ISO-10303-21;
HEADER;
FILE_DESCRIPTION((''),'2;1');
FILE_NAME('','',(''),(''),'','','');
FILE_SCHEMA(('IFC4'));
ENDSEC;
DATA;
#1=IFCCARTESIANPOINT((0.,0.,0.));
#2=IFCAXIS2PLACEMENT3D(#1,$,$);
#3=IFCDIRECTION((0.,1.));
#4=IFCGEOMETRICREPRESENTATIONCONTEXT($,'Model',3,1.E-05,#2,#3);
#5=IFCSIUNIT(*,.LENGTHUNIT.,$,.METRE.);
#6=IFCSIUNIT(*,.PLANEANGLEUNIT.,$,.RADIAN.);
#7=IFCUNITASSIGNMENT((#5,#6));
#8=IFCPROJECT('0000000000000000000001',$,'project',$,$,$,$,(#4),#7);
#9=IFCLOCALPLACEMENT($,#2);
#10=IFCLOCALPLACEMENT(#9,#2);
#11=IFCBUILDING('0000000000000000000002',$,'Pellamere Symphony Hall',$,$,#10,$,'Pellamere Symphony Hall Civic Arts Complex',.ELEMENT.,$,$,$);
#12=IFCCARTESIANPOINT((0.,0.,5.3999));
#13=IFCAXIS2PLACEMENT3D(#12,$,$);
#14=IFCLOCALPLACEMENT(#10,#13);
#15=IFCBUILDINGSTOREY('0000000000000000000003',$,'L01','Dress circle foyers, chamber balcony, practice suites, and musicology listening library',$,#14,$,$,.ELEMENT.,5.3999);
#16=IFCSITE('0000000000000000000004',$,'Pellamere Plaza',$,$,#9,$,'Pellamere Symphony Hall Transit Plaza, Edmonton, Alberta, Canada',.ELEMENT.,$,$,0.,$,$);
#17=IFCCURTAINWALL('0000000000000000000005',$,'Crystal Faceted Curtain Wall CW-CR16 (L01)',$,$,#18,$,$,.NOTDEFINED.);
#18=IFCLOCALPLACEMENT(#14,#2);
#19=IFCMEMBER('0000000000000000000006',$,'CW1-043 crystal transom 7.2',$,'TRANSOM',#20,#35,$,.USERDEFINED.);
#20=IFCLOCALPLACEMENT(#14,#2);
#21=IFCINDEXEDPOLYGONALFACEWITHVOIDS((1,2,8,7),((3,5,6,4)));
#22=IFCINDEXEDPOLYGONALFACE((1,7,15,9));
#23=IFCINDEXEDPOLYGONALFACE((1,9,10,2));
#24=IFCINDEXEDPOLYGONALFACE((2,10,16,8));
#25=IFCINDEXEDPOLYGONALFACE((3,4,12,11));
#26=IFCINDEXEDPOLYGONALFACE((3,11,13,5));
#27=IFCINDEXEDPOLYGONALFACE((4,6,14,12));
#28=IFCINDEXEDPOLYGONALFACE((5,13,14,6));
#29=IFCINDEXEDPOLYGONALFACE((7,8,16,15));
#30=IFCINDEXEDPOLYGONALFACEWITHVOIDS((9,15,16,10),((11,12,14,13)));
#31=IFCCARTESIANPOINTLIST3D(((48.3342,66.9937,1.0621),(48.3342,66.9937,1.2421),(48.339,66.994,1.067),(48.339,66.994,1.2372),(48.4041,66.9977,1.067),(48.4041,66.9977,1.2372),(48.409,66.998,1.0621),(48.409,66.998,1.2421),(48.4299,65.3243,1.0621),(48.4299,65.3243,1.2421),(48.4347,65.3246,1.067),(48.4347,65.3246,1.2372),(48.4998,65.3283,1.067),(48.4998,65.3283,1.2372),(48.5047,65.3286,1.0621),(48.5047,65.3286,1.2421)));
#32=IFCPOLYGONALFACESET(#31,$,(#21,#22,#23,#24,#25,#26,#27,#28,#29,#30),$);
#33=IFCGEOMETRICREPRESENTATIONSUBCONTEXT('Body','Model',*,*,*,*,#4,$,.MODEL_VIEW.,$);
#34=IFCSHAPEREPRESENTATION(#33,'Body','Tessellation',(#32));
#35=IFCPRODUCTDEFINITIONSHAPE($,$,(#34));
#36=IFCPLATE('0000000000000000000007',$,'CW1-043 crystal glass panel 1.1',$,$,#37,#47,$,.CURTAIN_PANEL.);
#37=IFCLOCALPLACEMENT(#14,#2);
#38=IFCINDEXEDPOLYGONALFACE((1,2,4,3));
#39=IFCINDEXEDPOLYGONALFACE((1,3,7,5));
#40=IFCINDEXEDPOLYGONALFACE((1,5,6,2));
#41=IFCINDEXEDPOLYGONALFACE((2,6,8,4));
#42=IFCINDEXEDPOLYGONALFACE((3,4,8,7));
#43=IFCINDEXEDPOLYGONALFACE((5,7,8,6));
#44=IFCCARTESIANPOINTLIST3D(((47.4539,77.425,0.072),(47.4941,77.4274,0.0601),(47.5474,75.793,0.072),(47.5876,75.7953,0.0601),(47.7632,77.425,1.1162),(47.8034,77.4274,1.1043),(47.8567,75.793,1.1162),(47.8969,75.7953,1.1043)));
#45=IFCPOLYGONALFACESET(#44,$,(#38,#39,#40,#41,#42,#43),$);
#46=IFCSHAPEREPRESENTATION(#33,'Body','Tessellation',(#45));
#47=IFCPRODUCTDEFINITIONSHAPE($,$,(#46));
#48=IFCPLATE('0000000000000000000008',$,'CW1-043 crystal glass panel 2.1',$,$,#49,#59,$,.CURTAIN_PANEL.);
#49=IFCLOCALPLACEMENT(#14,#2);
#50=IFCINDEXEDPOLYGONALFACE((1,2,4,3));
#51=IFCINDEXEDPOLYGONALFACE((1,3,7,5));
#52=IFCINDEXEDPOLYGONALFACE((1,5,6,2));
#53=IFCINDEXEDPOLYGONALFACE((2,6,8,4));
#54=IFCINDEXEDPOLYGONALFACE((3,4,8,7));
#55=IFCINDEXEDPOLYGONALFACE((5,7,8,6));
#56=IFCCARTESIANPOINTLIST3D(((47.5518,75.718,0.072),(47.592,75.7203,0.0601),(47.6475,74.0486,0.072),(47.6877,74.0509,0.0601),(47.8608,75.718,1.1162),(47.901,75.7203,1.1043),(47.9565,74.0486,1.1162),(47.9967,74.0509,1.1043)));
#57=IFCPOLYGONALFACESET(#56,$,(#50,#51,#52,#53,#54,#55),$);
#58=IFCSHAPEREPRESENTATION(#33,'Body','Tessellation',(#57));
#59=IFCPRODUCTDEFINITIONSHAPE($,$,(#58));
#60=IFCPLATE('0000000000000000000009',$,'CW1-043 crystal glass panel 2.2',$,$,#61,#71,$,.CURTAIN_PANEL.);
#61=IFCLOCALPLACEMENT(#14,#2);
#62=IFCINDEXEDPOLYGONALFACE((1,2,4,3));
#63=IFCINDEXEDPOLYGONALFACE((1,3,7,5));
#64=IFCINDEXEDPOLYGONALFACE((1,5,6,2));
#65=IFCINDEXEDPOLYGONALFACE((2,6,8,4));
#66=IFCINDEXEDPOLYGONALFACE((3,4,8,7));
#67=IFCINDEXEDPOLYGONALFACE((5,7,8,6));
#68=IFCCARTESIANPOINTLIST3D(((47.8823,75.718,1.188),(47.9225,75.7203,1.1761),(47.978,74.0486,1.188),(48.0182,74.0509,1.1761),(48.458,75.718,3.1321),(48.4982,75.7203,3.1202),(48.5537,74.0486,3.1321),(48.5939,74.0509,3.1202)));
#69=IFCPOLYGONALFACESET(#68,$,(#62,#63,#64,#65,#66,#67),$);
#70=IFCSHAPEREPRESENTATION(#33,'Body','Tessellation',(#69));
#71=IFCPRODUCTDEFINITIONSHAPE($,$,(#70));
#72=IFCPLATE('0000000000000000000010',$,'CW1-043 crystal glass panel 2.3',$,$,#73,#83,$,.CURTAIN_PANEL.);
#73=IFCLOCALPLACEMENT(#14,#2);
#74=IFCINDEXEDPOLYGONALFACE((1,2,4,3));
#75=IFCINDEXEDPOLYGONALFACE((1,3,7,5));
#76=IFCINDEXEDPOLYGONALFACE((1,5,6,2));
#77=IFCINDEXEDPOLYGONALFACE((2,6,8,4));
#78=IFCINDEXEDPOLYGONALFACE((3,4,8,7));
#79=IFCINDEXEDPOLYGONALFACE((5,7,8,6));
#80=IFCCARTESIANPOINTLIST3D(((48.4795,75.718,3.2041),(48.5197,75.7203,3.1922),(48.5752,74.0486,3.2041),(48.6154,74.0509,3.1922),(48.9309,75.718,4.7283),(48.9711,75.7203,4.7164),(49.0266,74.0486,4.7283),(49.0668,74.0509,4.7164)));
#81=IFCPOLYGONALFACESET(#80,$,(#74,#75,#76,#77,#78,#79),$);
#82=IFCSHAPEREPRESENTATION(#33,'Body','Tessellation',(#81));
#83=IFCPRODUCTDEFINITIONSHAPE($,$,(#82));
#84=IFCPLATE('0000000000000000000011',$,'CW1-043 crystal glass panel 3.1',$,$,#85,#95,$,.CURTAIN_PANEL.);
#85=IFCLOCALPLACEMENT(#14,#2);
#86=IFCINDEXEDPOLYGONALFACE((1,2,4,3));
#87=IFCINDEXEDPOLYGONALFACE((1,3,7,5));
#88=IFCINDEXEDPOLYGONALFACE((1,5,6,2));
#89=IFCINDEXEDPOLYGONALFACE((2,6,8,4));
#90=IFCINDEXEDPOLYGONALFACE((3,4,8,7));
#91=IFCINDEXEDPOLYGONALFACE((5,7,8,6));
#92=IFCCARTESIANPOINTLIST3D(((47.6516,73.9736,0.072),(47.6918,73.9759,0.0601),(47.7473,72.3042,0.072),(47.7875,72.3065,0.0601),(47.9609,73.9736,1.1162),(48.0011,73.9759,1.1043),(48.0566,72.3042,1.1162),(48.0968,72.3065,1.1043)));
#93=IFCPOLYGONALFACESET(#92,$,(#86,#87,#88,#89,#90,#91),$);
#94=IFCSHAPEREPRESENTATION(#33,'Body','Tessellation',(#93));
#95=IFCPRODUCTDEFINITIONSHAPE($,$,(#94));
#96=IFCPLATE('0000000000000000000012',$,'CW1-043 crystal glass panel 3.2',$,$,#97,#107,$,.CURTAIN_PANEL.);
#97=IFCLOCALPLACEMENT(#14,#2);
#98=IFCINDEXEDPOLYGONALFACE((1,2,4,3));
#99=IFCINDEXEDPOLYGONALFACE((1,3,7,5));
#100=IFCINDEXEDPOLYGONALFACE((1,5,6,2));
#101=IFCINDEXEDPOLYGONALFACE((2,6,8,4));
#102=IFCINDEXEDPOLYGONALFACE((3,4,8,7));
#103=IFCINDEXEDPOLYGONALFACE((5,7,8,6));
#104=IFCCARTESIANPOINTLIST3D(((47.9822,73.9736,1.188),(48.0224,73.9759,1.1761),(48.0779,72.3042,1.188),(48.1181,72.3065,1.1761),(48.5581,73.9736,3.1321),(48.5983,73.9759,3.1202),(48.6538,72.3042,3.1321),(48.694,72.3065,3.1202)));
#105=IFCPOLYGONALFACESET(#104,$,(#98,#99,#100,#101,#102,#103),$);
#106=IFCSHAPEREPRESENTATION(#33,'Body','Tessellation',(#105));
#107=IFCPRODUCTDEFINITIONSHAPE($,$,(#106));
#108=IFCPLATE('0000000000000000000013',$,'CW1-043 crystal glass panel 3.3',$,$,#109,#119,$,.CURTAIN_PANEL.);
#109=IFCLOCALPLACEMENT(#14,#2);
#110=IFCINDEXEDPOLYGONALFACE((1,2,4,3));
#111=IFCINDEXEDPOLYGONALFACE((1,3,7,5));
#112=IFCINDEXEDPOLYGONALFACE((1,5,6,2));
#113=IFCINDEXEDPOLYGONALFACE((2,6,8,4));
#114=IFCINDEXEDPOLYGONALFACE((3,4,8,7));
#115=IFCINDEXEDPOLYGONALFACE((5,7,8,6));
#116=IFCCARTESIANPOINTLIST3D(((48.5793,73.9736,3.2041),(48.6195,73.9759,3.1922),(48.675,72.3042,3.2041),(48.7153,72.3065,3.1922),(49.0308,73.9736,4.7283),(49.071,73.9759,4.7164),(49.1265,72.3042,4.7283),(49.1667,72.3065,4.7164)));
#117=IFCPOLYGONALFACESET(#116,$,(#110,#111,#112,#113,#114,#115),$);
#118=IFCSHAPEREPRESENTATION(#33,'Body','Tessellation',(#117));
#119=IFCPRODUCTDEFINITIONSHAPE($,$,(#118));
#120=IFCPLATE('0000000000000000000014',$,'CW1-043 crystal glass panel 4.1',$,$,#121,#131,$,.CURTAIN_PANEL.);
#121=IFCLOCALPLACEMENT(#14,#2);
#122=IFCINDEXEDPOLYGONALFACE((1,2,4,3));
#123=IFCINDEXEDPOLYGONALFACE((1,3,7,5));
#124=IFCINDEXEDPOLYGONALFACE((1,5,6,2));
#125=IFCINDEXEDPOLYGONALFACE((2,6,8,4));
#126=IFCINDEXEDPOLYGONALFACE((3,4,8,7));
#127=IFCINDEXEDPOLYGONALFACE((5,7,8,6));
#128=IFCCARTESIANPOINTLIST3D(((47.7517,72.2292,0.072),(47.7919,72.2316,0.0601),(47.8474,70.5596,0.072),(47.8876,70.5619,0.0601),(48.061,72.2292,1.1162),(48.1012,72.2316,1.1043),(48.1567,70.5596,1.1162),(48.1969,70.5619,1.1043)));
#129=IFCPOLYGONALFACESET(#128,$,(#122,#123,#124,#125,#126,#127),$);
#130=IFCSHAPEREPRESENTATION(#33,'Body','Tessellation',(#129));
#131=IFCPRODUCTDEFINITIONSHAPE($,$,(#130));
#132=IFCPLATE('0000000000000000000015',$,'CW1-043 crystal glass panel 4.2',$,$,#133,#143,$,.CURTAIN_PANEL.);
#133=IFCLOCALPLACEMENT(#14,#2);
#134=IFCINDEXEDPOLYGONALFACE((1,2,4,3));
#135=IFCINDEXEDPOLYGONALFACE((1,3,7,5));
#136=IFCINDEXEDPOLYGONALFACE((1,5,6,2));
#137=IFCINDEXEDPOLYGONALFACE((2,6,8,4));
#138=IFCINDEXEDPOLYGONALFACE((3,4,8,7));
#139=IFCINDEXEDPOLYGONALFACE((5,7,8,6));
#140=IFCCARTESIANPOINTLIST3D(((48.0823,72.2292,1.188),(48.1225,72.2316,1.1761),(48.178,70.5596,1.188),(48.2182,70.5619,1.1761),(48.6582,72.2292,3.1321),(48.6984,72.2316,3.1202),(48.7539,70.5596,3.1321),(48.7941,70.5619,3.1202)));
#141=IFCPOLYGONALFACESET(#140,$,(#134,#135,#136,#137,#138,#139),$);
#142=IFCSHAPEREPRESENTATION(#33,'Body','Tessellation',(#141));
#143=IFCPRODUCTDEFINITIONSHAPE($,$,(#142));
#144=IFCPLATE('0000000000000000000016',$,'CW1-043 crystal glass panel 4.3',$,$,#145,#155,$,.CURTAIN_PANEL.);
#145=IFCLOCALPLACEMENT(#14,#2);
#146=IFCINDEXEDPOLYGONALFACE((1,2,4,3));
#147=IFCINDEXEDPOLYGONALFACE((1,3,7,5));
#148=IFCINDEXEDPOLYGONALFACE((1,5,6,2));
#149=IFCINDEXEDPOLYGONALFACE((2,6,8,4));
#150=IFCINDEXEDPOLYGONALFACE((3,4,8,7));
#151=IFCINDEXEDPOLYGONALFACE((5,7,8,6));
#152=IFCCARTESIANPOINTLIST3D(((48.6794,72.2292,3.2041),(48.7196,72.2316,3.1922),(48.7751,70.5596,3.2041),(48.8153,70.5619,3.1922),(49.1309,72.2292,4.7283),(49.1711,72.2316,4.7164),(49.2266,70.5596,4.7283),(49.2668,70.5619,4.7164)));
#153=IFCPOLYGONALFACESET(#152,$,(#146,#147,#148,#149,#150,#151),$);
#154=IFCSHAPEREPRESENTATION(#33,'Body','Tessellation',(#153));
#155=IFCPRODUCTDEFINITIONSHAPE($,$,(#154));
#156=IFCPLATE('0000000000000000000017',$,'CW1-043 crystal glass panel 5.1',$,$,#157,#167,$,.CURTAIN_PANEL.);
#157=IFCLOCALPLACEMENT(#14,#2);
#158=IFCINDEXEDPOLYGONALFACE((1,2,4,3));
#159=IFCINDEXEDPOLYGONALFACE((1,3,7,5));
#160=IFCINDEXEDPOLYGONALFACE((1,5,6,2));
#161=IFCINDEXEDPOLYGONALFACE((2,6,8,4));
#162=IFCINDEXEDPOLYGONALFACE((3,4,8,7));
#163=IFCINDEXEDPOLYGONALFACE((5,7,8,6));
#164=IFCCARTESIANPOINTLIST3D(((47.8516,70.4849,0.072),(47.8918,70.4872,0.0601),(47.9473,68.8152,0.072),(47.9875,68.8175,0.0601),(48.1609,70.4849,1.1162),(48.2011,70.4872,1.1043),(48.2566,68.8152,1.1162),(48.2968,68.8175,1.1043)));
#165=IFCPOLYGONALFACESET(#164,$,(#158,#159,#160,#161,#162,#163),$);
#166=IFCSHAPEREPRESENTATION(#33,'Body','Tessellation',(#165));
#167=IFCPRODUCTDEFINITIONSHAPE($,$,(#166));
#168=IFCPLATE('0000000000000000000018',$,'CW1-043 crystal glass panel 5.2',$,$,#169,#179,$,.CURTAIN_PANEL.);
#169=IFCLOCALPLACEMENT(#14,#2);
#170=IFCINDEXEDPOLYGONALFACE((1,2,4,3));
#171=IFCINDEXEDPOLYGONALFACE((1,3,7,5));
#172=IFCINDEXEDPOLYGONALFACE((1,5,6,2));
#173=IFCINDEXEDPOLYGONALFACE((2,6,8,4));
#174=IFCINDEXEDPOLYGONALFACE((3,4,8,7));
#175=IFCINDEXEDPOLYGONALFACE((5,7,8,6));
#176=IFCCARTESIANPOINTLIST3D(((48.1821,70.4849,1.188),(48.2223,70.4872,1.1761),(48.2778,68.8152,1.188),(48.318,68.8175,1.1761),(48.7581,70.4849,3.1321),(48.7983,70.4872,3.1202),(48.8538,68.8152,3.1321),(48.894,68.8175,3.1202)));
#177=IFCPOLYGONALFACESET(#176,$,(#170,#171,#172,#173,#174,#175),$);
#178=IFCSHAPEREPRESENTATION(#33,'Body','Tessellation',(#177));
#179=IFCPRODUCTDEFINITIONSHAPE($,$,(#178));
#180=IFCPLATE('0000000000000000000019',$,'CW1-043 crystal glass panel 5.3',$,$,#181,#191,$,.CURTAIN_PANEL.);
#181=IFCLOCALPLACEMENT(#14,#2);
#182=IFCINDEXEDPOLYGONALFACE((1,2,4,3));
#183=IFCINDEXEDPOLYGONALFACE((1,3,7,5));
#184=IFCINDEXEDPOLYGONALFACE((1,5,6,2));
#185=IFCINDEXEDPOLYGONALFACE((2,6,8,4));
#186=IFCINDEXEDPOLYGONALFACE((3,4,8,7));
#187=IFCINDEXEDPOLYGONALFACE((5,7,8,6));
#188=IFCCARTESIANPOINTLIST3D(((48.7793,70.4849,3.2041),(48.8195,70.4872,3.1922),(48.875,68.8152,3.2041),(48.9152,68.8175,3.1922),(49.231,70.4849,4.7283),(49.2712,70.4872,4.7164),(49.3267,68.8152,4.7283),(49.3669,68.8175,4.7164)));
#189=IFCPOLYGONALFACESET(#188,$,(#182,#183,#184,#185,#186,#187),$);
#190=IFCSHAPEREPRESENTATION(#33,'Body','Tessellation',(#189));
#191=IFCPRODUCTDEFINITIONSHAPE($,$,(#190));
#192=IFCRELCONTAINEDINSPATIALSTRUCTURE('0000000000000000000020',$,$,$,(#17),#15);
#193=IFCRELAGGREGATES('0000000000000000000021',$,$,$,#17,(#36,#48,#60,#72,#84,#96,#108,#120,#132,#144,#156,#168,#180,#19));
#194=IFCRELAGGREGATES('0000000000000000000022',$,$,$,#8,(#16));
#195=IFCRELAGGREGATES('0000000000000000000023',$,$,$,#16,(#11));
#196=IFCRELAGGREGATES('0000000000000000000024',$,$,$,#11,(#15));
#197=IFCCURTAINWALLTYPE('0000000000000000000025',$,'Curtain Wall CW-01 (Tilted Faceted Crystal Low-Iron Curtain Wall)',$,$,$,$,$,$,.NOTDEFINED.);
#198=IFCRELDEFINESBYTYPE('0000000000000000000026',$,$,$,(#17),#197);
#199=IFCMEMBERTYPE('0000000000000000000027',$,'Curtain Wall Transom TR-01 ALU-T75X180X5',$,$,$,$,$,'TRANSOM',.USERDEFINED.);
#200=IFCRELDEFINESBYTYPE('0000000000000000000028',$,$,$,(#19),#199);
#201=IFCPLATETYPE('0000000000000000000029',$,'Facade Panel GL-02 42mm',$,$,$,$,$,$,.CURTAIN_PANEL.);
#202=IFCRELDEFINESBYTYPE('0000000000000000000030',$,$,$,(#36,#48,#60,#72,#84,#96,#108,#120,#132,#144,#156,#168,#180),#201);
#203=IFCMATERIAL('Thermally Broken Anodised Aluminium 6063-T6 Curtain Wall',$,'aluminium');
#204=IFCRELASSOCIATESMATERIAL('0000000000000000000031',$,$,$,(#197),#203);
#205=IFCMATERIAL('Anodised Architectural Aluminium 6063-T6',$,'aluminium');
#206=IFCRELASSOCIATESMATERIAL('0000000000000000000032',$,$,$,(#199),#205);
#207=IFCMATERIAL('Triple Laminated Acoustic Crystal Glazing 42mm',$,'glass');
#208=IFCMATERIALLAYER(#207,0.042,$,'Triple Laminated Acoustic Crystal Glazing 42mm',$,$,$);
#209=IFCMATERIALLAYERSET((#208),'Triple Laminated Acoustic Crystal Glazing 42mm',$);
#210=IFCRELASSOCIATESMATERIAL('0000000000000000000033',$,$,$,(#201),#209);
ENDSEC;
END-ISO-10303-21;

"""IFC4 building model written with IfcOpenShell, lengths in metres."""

from ifc_helpers import new_model, si_unit, direction, frame, origin, origin_2d, place, context, subcontext, project, spatial, polyline, hollow_rectangle, outline, extrude, material, layer, layer_set, material_profile, profile_set, type_object, element, aggregate, save


model = new_model("IFC4")

# Units and contexts
model_context = context("Model", 3, precision=1e-05, world=origin(), true_north=direction((0.0, 1.0)))
body_context = subcontext(model_context, "Body", "Model", "MODEL_VIEW")
ifc_project = project(units=[si_unit("LENGTHUNIT", "METRE"), si_unit("PLANEANGLEUNIT", "RADIAN")], contexts=[model_context])

# Site, building, storey
site_placement = place(None, origin())
site = spatial("IfcSite", under=ifc_project, at=site_placement, Name="Pellamere Plaza", LongName="Pellamere Symphony Hall Transit Plaza, Edmonton, Alberta, Canada", CompositionType="ELEMENT", RefElevation=0.0)
building_placement = place(site_placement, origin())
building = spatial("IfcBuilding", under=site, at=building_placement, Name="Pellamere Symphony Hall", LongName="Pellamere Symphony Hall Civic Arts Complex", CompositionType="ELEMENT")
storey_placement = place(building_placement, frame((0.0, 0.0, 5.3999)))
storey = spatial("IfcBuildingStorey", under=building, at=storey_placement, Name="L01", Description="Dress circle foyers, chamber balcony, practice suites, and musicology listening library", CompositionType="ELEMENT", Elevation=5.3999)

# Curtain wall, member, plates
ifc_material_1 = material(Name="Thermally Broken Anodised Aluminium 6063-T6 Curtain Wall", Category="aluminium")
curtain_wall_type = type_object("IfcCurtainWallType", Name="Curtain Wall CW-01 (Tilted Faceted Crystal Low-Iron Curtain Wall)", PredefinedType="NOTDEFINED", material=ifc_material_1)
curtain_wall_placement = place(storey_placement, origin())
curtain_wall = element("IfcCurtainWall", 1, at=curtain_wall_placement, inside=storey, type_object=curtain_wall_type, Name="Crystal Faceted Curtain Wall CW-CR16 (L01)", PredefinedType="NOTDEFINED")
ifc_material_2 = material(Name="Anodised Architectural Aluminium 6063-T6", Category="aluminium")
ifc_material_profile_1 = material_profile(ifc_material_2, hollow_rectangle(XDim=0.075, YDim=0.1799, WallThickness=0.0049, at=origin_2d()), Name="ALU-T75X180X5")
ifc_profile_set_1 = profile_set([ifc_material_profile_1], Name="Anodised Architectural Aluminium 6063-T6")
member_type_1 = type_object("IfcMemberType", Name="Curtain Wall Transom TR-01 ALU-T75X180X5", ElementType="TRANSOM", PredefinedType="USERDEFINED", material=ifc_profile_set_1)
member_1_placement = place(storey_placement, frame((48.3716, 66.9958, 1.1521), z_axis=(0.057233, -0.998361, 0.0), x_axis=(0.998361, 0.057233, 0.0)))
member_1 = element("IfcMember", 2, at=member_1_placement, type_object=member_type_1, Name="CW1-043 crystal transom 7.2", ObjectType="TRANSOM", PredefinedType="USERDEFINED", context=body_context, shape_type="SweptSolid", body=[
    extrude(hollow_rectangle(XDim=0.075, YDim=0.1799, WallThickness=0.0049, at=origin_2d()), origin(), (0.0, 0.0, 1.0), 1.6721),
])
ifc_material_3 = material(Name="Triple Laminated Acoustic Crystal Glazing 42mm", Category="glass")
ifc_layer = layer(ifc_material_3, 0.042, Name="Triple Laminated Acoustic Crystal Glazing 42mm")
ifc_layer_set = layer_set([ifc_layer], Name="Triple Laminated Acoustic Crystal Glazing 42mm")
plate_type = type_object("IfcPlateType", Name="Facade Panel GL-02 42mm", PredefinedType="CURTAIN_PANEL", material=ifc_layer_set)
plate_1_placement = place(storey_placement, frame((47.4539, 77.425, 0.072), z_axis=(-0.957371, -0.05485, 0.283607), x_axis=(0.057199, -0.998363, 0.0)))
plate_1 = element("IfcPlate", 3, at=plate_1_placement, type_object=plate_type, Name="CW1-043 crystal glass panel 1.1", PredefinedType="CURTAIN_PANEL", context=body_context, shape_type="SweptSolid", body=[
    extrude(outline(polyline([(0.0, 0.0), (1.6348, 0.0), (1.6524, 1.0889), (0.0177, 1.0889), (0.0, 0.0)])), origin(), (0.0, 0.0, -1.0), 0.042),
])
plate_2_placement = place(storey_placement, frame((47.5518, 75.718, 0.072), z_axis=(-0.95743, -0.054886, 0.283401), x_axis=(0.057233, -0.998361, 0.0)))
plate_2 = element("IfcPlate", 4, at=plate_2_placement, type_object=plate_type, Name="CW1-043 crystal glass panel 2.1", PredefinedType="CURTAIN_PANEL", context=body_context, shape_type="SweptSolid", body=[
    extrude(outline(polyline([(0.0, 0.0), (1.6722, 0.0), (1.6899, 1.0888), (0.0177, 1.0888), (0.0, 0.0)])), origin(), (0.0, 0.0, -1.0), 0.042),
])
plate_3_placement = place(storey_placement, frame((47.8823, 75.718, 1.188), z_axis=(-0.957399, -0.054885, 0.283505), x_axis=(0.057233, -0.998361, 0.0)))
plate_3 = element("IfcPlate", 5, at=plate_3_placement, type_object=plate_type, Name="CW1-043 crystal glass panel 2.2", PredefinedType="CURTAIN_PANEL", context=body_context, shape_type="SweptSolid", body=[
    extrude(outline(polyline([(0.0, 0.0), (1.6722, 0.0), (1.7051, 2.0273), (0.0329, 2.0273), (0.0, 0.0)])), origin(), (0.0, 0.0, -1.0), 0.042),
])
plate_4_placement = place(storey_placement, frame((48.4795, 75.718, 3.2041), z_axis=(-0.957385, -0.054884, 0.28355), x_axis=(0.057233, -0.998361, 0.0)))
plate_4 = element("IfcPlate", 6, at=plate_4_placement, type_object=plate_type, Name="CW1-043 crystal glass panel 2.3", PredefinedType="CURTAIN_PANEL", context=body_context, shape_type="SweptSolid", body=[
    extrude(outline(polyline([(0.0, 0.0), (1.6722, 0.0), (1.698, 1.5894), (0.0258, 1.5894), (0.0, 0.0)])), origin(), (0.0, 0.0, -1.0), 0.042),
])
plate_5_placement = place(storey_placement, frame((47.6516, 73.9736, 0.072), z_axis=(-0.957369, -0.054883, 0.283607), x_axis=(0.057233, -0.998361, 0.0)))
plate_5 = element("IfcPlate", 7, at=plate_5_placement, type_object=plate_type, Name="CW1-043 crystal glass panel 3.1", PredefinedType="CURTAIN_PANEL", context=body_context, shape_type="SweptSolid", body=[
    extrude(outline(polyline([(0.0, 0.0), (1.6722, 0.0), (1.6899, 1.0889), (0.0177, 1.0889), (0.0, 0.0)])), origin(), (0.0, 0.0, -1.0), 0.042),
])
plate_6_placement = place(storey_placement, frame((47.9822, 73.9736, 1.188), z_axis=(-0.957366, -0.054883, 0.283615), x_axis=(0.057233, -0.998361, 0.0)))
plate_6 = element("IfcPlate", 8, at=plate_6_placement, type_object=plate_type, Name="CW1-043 crystal glass panel 3.2", PredefinedType="CURTAIN_PANEL", context=body_context, shape_type="SweptSolid", body=[
    extrude(outline(polyline([(0.0, 0.0), (1.6722, 0.0), (1.7051, 2.0273), (0.033, 2.0273), (0.0, 0.0)])), origin(), (0.0, 0.0, -1.0), 0.042),
])
plate_7_placement = place(storey_placement, frame((48.5793, 73.9736, 3.2041), z_axis=(-0.957385, -0.054884, 0.28355), x_axis=(0.057233, -0.998361, 0.0)))
plate_7 = element("IfcPlate", 9, at=plate_7_placement, type_object=plate_type, Name="CW1-043 crystal glass panel 3.3", PredefinedType="CURTAIN_PANEL", context=body_context, shape_type="SweptSolid", body=[
    extrude(outline(polyline([(0.0, 0.0), (1.6722, 0.0), (1.698, 1.5894), (0.0258, 1.5894), (0.0, 0.0)])), origin(), (0.0, 0.0, -1.0), 0.042),
])
plate_8_placement = place(storey_placement, frame((47.7517, 72.2292, 0.072), z_axis=(-0.957369, -0.054875, 0.283607), x_axis=(0.057224, -0.998361, 0.0)))
plate_8 = element("IfcPlate", 10, at=plate_8_placement, type_object=plate_type, Name="CW1-043 crystal glass panel 4.1", PredefinedType="CURTAIN_PANEL", context=body_context, shape_type="SweptSolid", body=[
    extrude(outline(polyline([(0.0, 0.0), (1.6724, 0.0), (1.6901, 1.0889), (0.0177, 1.0889), (0.0, 0.0)])), origin(), (0.0, 0.0, -1.0), 0.042),
])
plate_9_placement = place(storey_placement, frame((48.0823, 72.2292, 1.188), z_axis=(-0.957367, -0.054875, 0.283615), x_axis=(0.057224, -0.998361, 0.0)))
plate_9 = element("IfcPlate", 11, at=plate_9_placement, type_object=plate_type, Name="CW1-043 crystal glass panel 4.2", PredefinedType="CURTAIN_PANEL", context=body_context, shape_type="SweptSolid", body=[
    extrude(outline(polyline([(0.0, 0.0), (1.6724, 0.0), (1.7054, 2.0273), (0.033, 2.0273), (0.0, 0.0)])), origin(), (0.0, 0.0, -1.0), 0.042),
])
plate_10_placement = place(storey_placement, frame((48.6794, 72.2292, 3.2041), z_axis=(-0.957386, -0.054876, 0.283551), x_axis=(0.057224, -0.998361, 0.0)))
plate_10 = element("IfcPlate", 12, at=plate_10_placement, type_object=plate_type, Name="CW1-043 crystal glass panel 4.3", PredefinedType="CURTAIN_PANEL", context=body_context, shape_type="SweptSolid", body=[
    extrude(outline(polyline([(0.0, 0.0), (1.6724, 0.0), (1.6983, 1.5894), (0.0258, 1.5894), (0.0, 0.0)])), origin(), (0.0, 0.0, -1.0), 0.042),
])
plate_11_placement = place(storey_placement, frame((47.8516, 70.4849, 0.072), z_axis=(-0.957369, -0.054875, 0.283607), x_axis=(0.057224, -0.998361, 0.0)))
plate_11 = element("IfcPlate", 13, at=plate_11_placement, type_object=plate_type, Name="CW1-043 crystal glass panel 5.1", PredefinedType="CURTAIN_PANEL", context=body_context, shape_type="SweptSolid", body=[
    extrude(outline(polyline([(0.0, 0.0), (1.6724, 0.0), (1.6901, 1.0889), (0.0177, 1.0889), (0.0, 0.0)])), origin(), (0.0, 0.0, -1.0), 0.042),
])
plate_12_placement = place(storey_placement, frame((48.1821, 70.4849, 1.188), z_axis=(-0.957367, -0.054875, 0.283615), x_axis=(0.057224, -0.998361, 0.0)))
plate_12 = element("IfcPlate", 14, at=plate_12_placement, type_object=plate_type, Name="CW1-043 crystal glass panel 5.2", PredefinedType="CURTAIN_PANEL", context=body_context, shape_type="SweptSolid", body=[
    extrude(outline(polyline([(0.0, 0.0), (1.6724, 0.0), (1.7054, 2.0273), (0.033, 2.0273), (0.0, 0.0)])), origin(), (0.0, 0.0, -1.0), 0.042),
])
plate_13_placement = place(storey_placement, frame((48.7793, 70.4849, 3.2041), z_axis=(-0.957344, -0.054873, 0.283692), x_axis=(0.057224, -0.998361, 0.0)))
plate_13 = element("IfcPlate", 15, at=plate_13_placement, type_object=plate_type, Name="CW1-043 crystal glass panel 5.3", PredefinedType="CURTAIN_PANEL", context=body_context, shape_type="SweptSolid", body=[
    extrude(outline(polyline([(0.0, 0.0), (1.6724, 0.0), (1.6983, 1.5895), (0.0258, 1.5895), (0.0, 0.0)])), origin(), (0.0, 0.0, -1.0), 0.042),
])
aggregate(curtain_wall, [plate_1, plate_2, plate_3, plate_4, plate_5, plate_6, plate_7, plate_8, plate_9, plate_10, plate_11, plate_12, plate_13, member_1])

save(model, "model.ifc")
